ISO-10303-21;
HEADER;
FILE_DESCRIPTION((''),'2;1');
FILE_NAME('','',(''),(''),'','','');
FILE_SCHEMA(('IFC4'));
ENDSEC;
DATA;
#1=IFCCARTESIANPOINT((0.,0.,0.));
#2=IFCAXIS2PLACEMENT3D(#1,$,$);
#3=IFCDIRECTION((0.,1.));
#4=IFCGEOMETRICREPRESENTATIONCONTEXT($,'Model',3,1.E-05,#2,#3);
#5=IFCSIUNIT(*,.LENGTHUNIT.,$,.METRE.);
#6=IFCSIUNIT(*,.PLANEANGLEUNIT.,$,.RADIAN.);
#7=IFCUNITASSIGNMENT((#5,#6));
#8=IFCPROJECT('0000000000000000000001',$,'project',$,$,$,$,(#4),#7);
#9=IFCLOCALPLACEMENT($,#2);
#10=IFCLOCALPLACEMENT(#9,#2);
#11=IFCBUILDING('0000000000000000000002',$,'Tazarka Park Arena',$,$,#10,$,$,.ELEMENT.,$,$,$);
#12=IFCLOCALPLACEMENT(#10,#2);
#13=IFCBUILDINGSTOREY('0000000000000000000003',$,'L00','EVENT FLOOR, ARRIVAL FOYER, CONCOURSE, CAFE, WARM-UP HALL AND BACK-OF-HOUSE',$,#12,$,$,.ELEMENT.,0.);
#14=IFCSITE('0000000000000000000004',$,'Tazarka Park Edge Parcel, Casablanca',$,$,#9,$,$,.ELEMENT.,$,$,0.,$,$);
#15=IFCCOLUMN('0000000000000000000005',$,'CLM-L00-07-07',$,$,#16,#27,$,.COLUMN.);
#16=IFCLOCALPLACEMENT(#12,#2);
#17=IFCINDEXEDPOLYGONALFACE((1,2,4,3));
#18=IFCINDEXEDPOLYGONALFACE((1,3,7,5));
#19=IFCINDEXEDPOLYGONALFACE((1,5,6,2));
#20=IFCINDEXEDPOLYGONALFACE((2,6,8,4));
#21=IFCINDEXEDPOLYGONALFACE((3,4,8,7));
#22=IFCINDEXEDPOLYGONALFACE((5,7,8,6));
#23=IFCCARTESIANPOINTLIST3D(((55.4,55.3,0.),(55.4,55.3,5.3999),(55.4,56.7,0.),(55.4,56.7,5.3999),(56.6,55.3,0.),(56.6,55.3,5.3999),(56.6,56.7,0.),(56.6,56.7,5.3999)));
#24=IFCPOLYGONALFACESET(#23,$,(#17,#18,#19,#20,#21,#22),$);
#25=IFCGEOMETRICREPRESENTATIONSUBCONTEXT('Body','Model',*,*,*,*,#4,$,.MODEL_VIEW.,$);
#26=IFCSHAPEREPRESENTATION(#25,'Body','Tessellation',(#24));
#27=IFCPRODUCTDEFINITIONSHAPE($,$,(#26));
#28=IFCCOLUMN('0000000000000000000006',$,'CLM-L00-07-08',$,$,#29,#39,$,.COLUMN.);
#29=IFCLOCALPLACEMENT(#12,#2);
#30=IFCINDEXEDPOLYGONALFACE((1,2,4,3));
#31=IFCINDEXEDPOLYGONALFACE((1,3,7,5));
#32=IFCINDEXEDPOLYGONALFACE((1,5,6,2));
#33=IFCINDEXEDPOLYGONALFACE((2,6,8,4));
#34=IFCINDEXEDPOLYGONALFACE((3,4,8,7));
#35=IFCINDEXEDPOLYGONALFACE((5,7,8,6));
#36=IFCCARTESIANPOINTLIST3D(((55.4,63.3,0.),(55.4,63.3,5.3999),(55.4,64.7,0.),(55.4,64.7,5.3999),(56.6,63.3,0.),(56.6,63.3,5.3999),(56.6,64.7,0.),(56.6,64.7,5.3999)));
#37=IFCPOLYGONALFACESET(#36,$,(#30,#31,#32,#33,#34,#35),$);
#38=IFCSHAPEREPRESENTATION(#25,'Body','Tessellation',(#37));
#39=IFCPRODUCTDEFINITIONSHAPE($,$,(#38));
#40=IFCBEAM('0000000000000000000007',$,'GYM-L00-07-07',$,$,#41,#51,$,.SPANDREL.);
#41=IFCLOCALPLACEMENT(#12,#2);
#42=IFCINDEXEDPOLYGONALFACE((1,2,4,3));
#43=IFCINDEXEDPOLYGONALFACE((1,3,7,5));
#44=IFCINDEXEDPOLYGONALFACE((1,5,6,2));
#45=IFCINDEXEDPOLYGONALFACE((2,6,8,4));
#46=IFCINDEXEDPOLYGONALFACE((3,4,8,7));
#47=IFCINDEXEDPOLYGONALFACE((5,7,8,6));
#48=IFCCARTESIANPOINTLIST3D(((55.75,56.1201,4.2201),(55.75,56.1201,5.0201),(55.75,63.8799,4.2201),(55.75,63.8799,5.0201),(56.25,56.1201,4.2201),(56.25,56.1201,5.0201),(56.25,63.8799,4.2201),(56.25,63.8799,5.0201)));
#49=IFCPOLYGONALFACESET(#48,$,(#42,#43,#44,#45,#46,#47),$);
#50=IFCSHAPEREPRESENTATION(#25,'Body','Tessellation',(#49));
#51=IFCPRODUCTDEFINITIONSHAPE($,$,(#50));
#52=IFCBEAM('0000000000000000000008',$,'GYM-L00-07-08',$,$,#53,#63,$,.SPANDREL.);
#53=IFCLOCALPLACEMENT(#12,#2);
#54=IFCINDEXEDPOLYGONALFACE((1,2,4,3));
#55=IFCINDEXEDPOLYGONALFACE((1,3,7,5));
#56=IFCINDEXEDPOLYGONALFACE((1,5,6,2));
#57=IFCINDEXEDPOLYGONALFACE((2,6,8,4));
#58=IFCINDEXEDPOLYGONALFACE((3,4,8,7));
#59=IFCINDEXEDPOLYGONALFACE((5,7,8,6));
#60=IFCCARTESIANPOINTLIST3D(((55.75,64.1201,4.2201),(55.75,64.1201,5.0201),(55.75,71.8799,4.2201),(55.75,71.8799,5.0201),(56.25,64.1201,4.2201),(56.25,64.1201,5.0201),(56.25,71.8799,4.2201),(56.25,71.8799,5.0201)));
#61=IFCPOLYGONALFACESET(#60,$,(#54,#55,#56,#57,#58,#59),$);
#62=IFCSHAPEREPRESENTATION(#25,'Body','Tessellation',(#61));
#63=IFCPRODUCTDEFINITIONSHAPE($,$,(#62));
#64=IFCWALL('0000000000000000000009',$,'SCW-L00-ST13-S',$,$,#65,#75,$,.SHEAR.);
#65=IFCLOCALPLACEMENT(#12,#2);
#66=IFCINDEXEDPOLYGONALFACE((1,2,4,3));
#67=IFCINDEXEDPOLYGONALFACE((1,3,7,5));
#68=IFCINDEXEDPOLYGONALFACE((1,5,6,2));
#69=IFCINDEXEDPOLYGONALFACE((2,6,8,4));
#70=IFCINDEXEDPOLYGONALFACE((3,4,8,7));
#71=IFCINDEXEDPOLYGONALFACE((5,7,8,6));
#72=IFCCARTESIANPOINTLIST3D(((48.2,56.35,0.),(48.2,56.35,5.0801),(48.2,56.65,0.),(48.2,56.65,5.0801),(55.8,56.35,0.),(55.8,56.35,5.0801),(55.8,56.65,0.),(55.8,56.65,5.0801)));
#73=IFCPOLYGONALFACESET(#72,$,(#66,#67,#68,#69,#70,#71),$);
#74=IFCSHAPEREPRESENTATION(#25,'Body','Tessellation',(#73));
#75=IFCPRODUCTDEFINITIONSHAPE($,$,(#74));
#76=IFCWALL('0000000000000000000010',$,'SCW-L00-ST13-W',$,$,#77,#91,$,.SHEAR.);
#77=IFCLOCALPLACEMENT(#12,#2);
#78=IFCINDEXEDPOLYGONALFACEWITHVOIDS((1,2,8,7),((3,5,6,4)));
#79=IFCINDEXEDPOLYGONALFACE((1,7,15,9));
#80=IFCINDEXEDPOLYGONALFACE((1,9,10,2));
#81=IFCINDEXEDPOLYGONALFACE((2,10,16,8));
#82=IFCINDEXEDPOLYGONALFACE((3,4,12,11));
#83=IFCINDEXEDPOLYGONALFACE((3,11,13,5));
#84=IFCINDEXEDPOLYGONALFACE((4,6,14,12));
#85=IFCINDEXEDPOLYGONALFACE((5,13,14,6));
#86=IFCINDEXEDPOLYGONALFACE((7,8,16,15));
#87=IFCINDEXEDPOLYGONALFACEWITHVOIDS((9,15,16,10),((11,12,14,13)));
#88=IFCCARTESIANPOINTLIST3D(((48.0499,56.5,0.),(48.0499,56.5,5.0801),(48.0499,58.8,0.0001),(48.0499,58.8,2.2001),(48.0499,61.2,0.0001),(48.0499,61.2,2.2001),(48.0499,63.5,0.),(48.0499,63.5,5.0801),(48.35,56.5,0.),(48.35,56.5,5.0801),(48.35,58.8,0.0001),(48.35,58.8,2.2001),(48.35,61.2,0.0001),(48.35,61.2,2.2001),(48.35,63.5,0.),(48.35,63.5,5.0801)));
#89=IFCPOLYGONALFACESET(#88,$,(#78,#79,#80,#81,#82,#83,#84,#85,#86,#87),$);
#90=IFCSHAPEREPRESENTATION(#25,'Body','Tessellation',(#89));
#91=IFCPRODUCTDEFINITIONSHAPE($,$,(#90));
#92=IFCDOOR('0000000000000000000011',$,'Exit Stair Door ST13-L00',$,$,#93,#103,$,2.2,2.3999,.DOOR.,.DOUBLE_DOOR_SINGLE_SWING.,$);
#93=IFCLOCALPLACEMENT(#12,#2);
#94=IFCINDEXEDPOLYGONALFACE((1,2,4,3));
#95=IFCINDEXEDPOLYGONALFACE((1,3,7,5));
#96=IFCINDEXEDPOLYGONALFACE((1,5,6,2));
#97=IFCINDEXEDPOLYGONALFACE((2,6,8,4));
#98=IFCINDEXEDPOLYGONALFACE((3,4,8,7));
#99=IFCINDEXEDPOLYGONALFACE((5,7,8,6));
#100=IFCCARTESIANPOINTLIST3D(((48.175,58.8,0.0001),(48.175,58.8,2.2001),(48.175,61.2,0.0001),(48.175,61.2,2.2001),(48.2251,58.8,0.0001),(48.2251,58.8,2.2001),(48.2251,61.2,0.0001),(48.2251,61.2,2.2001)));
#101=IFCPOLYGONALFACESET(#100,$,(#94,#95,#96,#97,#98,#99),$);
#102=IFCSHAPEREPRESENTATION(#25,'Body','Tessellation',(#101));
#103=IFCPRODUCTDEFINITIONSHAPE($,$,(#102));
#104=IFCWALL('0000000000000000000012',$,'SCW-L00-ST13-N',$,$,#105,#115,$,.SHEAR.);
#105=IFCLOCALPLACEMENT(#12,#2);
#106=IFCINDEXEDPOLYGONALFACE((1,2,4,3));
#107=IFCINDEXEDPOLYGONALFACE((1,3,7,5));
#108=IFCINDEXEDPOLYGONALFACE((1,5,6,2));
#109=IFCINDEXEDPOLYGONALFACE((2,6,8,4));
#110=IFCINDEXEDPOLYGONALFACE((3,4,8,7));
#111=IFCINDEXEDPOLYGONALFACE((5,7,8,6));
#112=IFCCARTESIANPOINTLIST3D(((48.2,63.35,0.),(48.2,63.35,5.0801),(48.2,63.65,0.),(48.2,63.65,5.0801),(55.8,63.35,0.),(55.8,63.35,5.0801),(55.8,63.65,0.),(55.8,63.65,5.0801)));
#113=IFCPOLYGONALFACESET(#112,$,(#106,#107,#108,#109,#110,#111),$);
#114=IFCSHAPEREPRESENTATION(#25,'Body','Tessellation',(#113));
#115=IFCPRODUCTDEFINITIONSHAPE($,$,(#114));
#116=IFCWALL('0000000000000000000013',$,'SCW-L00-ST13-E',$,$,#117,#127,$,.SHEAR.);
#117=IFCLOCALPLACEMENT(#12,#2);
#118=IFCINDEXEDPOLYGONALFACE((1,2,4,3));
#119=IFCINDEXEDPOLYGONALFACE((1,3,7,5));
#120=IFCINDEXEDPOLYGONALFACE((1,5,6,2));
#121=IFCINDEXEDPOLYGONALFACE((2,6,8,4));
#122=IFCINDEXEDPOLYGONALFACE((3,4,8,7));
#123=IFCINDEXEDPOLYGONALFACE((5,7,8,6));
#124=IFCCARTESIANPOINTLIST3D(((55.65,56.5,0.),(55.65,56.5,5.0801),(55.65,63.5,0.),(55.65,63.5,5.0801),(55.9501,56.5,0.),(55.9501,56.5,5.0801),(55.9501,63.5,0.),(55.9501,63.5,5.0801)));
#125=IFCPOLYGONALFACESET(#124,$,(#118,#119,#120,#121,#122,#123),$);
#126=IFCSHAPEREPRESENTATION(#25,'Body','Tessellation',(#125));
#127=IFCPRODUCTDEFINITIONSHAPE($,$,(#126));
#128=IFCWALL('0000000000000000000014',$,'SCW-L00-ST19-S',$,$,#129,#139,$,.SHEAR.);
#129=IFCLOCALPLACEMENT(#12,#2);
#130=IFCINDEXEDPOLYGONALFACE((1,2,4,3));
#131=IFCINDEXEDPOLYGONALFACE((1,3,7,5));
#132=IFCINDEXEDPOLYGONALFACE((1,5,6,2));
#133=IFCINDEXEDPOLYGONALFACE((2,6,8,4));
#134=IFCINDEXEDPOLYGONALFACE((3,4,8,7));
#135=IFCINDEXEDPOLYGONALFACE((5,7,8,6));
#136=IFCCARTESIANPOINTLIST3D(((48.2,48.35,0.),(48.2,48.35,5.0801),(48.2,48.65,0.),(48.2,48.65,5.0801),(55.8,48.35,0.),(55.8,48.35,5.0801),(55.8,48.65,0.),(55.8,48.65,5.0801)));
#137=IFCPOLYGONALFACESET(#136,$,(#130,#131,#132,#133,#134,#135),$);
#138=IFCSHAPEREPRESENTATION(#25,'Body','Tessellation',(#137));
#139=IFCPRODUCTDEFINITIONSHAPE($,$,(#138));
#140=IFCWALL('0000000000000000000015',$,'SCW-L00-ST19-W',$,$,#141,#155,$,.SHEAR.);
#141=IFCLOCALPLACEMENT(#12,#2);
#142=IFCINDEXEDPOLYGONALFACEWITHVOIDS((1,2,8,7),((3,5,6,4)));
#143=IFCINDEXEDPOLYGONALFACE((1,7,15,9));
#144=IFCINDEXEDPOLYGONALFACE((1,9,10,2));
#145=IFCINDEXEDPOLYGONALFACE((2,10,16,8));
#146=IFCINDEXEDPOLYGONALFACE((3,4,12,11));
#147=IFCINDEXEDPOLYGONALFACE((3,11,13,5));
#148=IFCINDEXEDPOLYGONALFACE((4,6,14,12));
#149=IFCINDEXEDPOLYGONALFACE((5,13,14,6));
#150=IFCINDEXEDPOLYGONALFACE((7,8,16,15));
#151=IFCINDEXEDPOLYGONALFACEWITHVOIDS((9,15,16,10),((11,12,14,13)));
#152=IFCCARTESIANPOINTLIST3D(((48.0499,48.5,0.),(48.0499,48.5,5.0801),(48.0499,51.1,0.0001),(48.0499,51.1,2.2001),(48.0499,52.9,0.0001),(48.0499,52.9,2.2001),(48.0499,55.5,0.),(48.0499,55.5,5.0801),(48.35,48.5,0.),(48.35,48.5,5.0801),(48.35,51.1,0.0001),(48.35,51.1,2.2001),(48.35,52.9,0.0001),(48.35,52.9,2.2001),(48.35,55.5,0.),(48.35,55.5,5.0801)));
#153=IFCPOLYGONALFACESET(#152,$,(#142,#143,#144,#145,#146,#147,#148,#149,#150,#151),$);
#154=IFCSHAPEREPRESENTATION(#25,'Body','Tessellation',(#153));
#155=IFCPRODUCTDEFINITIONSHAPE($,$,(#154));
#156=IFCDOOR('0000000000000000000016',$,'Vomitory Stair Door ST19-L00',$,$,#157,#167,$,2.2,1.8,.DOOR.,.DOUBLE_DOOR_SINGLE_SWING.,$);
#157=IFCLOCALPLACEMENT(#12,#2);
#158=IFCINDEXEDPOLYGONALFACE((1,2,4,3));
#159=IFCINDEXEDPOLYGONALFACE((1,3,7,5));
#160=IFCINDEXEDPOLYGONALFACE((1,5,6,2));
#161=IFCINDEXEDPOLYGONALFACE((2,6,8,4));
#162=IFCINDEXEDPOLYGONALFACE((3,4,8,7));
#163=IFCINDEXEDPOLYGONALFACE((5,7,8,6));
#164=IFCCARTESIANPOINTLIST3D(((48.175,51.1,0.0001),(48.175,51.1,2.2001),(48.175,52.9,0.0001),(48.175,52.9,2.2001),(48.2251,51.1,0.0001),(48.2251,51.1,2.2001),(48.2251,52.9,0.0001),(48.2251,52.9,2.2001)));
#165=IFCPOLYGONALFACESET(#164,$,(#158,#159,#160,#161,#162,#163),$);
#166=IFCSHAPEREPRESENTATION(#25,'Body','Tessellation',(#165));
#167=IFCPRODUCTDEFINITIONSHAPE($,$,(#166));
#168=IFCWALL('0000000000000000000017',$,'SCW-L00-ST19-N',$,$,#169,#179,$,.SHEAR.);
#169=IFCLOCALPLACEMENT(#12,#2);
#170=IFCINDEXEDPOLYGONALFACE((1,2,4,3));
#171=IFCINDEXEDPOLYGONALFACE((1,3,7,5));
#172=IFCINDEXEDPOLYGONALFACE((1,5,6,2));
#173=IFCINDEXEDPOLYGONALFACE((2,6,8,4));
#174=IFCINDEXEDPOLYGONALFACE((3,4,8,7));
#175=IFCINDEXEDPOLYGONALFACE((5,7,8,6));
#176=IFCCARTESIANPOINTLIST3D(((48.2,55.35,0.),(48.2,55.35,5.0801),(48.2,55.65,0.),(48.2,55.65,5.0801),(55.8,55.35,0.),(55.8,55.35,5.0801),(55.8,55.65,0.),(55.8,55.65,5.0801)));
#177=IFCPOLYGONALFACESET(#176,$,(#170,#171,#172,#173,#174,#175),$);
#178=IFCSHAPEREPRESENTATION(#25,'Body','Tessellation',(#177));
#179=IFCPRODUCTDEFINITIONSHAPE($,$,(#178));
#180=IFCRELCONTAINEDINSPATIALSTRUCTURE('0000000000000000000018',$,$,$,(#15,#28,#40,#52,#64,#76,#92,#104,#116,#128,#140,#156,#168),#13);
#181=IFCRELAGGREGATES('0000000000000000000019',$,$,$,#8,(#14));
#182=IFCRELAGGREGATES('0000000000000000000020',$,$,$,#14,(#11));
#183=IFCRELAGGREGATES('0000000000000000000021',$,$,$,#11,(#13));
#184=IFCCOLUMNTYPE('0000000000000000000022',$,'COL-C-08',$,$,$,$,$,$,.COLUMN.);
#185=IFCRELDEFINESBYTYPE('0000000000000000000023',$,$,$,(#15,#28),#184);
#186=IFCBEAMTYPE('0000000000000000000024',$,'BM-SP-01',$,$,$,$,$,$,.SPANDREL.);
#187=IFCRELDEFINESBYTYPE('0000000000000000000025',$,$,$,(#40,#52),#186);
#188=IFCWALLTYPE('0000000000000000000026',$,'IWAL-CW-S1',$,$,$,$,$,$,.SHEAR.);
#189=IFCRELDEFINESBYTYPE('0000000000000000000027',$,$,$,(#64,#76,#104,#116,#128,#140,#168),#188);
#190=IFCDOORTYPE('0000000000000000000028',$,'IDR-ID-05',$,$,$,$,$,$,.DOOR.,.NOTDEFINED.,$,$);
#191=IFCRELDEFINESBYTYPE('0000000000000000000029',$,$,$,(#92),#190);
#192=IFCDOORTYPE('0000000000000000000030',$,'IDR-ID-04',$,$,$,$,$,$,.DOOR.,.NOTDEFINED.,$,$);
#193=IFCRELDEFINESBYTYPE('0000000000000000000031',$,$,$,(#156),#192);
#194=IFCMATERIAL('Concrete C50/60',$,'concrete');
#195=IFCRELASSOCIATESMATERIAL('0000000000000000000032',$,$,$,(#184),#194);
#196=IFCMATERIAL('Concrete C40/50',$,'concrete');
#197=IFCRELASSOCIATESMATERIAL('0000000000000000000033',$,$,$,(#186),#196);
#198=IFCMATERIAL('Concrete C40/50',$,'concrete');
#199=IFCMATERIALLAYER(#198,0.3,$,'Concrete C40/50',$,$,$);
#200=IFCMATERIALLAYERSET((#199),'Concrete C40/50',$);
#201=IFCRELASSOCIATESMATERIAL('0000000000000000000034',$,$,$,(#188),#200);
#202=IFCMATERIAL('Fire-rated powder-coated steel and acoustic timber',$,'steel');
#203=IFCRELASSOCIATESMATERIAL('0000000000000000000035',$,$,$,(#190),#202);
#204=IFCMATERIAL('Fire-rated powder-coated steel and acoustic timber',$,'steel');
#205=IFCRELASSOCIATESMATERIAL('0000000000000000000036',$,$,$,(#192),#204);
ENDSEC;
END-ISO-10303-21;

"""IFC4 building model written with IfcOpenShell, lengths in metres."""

from ifc_helpers import new_model, si_unit, direction, frame, frame_2d, origin, origin_2d, place, context, subcontext, project, spatial, rectangle, extrude, material, layer, layer_set, material_profile, profile_set, type_object, element, fill, save


model = new_model("IFC4")

# Units and contexts
model_context = context("Model", 3, precision=1e-05, world=origin(), true_north=direction((0.0, 1.0)))
body_context = subcontext(model_context, "Body", "Model", "MODEL_VIEW")
ifc_project = project(units=[si_unit("LENGTHUNIT", "METRE"), si_unit("PLANEANGLEUNIT", "RADIAN")], contexts=[model_context])

# Site, building, storey
site_placement = place(None, origin())
site = spatial("IfcSite", under=ifc_project, at=site_placement, Name="Tazarka Park Edge Parcel, Casablanca", CompositionType="ELEMENT", RefElevation=0.0)
building_placement = place(site_placement, origin())
building = spatial("IfcBuilding", under=site, at=building_placement, Name="Tazarka Park Arena", CompositionType="ELEMENT")
storey_placement = place(building_placement, origin())
storey = spatial("IfcBuildingStorey", under=building, at=storey_placement, Name="L00", Description="EVENT FLOOR, ARRIVAL FOYER, CONCOURSE, CAFE, WARM-UP HALL AND BACK-OF-HOUSE", CompositionType="ELEMENT", Elevation=0.0)

# Columns
ifc_material_1 = material(Name="Concrete C50/60", Category="concrete")
ifc_material_profile_1 = material_profile(ifc_material_1, rectangle(XDim=1.2, YDim=1.3999, at=origin_2d()), Name="Concrete C50/60")
ifc_profile_set_1 = profile_set([ifc_material_profile_1], Name="Concrete C50/60")
column_type = type_object("IfcColumnType", Name="COL-C-08", PredefinedType="COLUMN", material=ifc_profile_set_1)
for number, where, z_axis, x_axis, name in (
    (1, (56.0, 56.0, 0.0), (0.0, 0.0, 1.0), (1.0, 0.0, 0.0), "CLM-L00-07-07"),
    (2, (56.0, 64.0, 0.0), (0.0, 0.0, 1.0), (1.0, 0.0, 0.0), "CLM-L00-07-08"),
):
    element("IfcColumn", number, at=place(storey_placement, frame(where, z_axis=z_axis, x_axis=x_axis)), inside=storey, type_object=column_type, Name=name, PredefinedType="COLUMN", context=body_context, shape_type="SweptSolid", body=[
        extrude(rectangle(XDim=1.2, YDim=1.3999, at=origin_2d()), origin(), (0.0, 0.0, 1.0), 5.3999),
    ])

# Beams
ifc_material_2 = material(Name="Concrete C40/50", Category="concrete")
ifc_material_profile_2 = material_profile(ifc_material_2, rectangle(XDim=0.5, YDim=0.8, at=origin_2d()), Name="Concrete C40/50")
ifc_profile_set_2 = profile_set([ifc_material_profile_2], Name="Concrete C40/50")
beam_type = type_object("IfcBeamType", Name="BM-SP-01", PredefinedType="SPANDREL", material=ifc_profile_set_2)
for number, where, z_axis, x_axis, name in (
    (3, (56.0, 56.1201, 4.6201), (0.0, 1.0, 0.0), (-1.0, 0.0, 0.0), "GYM-L00-07-07"),
    (4, (56.0, 64.1201, 4.6201), (0.0, 1.0, 0.0), (-1.0, 0.0, 0.0), "GYM-L00-07-08"),
):
    element("IfcBeam", number, at=place(storey_placement, frame(where, z_axis=z_axis, x_axis=x_axis)), inside=storey, type_object=beam_type, Name=name, PredefinedType="SPANDREL", context=body_context, shape_type="SweptSolid", body=[
        extrude(rectangle(XDim=0.5, YDim=0.8, at=origin_2d()), origin(), (0.0, 0.0, 1.0), 7.7598),
    ])

# Wall
ifc_material_3 = material(Name="Concrete C40/50", Category="concrete")
ifc_layer_1 = layer(ifc_material_3, 0.3, Name="Concrete C40/50")
ifc_layer_set_1 = layer_set([ifc_layer_1], Name="Concrete C40/50")
wall_type_1 = type_object("IfcWallType", Name="IWAL-CW-S1", PredefinedType="SHEAR", material=ifc_layer_set_1)
wall_1_placement = place(storey_placement, frame((55.8, 56.5, 0.0), z_axis=(0.0, 0.0, 1.0), x_axis=(-1.0, 0.0, 0.0)))
element("IfcWall", 5, at=wall_1_placement, inside=storey, type_object=wall_type_1, Name="SCW-L00-ST13-S", PredefinedType="SHEAR", context=body_context, shape_type="SweptSolid", body=[
    extrude(rectangle(XDim=7.6001, YDim=0.3, at=frame_2d((3.8, 0.0))), origin(), (0.0, 0.0, 1.0), 5.0801),
])

# Wall, opening, door
wall_2_placement = place(storey_placement, frame((48.2, 56.5, 0.0), z_axis=(0.0, 0.0, 1.0), x_axis=(0.0, 1.0, 0.0)))
wall_2 = element("IfcWall", 6, at=wall_2_placement, inside=storey, type_object=wall_type_1, Name="SCW-L00-ST13-W", PredefinedType="SHEAR", context=body_context, shape_type="SweptSolid", body=[
    extrude(rectangle(XDim=7.0, YDim=0.3, at=frame_2d((3.5, 0.0))), origin(), (0.0, 0.0, 1.0), 5.0801),
])
opening_1_placement = place(wall_2_placement, frame((2.3, 0.0, 0.0)))
opening_1 = element("IfcOpeningElement", 7, at=opening_1_placement, cuts=wall_2, PredefinedType="OPENING", context=body_context, shape_type="SweptSolid", body=[
    extrude(rectangle(XDim=2.3999, YDim=2.2, at=frame_2d((1.2, 1.1001))), frame((0.0, 0.1602, 0.0), z_axis=(0.0, -1.0, 0.0), x_axis=(1.0, 0.0, 0.0)), (0.0, 0.0, 1.0), 0.3201),
])
ifc_material_4 = material(Name="Fire-rated powder-coated steel and acoustic timber", Category="steel")
door_type_1 = type_object("IfcDoorType", Name="IDR-ID-05", OperationType="NOTDEFINED", PredefinedType="DOOR", material=ifc_material_4)
door_1_placement = place(opening_1_placement, origin())
door_1 = element("IfcDoor", 8, at=door_1_placement, inside=storey, type_object=door_type_1, Name="Exit Stair Door ST13-L00", OperationType="DOUBLE_DOOR_SINGLE_SWING", OverallHeight=2.2, OverallWidth=2.3999, PredefinedType="DOOR", context=body_context, shape_type="SweptSolid", body=[
    extrude(rectangle(XDim=2.3999, YDim=2.2, at=frame_2d((1.2, 1.1001))), frame((0.0, 0.0249, 0.0), z_axis=(0.0, -1.0, 0.0), x_axis=(1.0, 0.0, 0.0)), (0.0, 0.0, 1.0), 0.05),
])
fill(opening_1, door_1)

# Walls
wall_3_placement = place(storey_placement, frame((48.2, 63.5, 0.0), z_axis=(0.0, 0.0, 1.0), x_axis=(1.0, 0.0, 0.0)))
element("IfcWall", 9, at=wall_3_placement, inside=storey, type_object=wall_type_1, Name="SCW-L00-ST13-N", PredefinedType="SHEAR", context=body_context, shape_type="SweptSolid", body=[
    extrude(rectangle(XDim=7.6001, YDim=0.3, at=frame_2d((3.8, 0.0))), origin(), (0.0, 0.0, 1.0), 5.0801),
])
wall_4_placement = place(storey_placement, frame((55.8, 63.5, 0.0), z_axis=(0.0, 0.0, 1.0), x_axis=(0.0, -1.0, 0.0)))
element("IfcWall", 10, at=wall_4_placement, inside=storey, type_object=wall_type_1, Name="SCW-L00-ST13-E", PredefinedType="SHEAR", context=body_context, shape_type="SweptSolid", body=[
    extrude(rectangle(XDim=7.0, YDim=0.3, at=frame_2d((3.5, 0.0))), origin(), (0.0, 0.0, 1.0), 5.0801),
])
wall_5_placement = place(storey_placement, frame((55.8, 48.5, 0.0), z_axis=(0.0, 0.0, 1.0), x_axis=(-1.0, 0.0, 0.0)))
element("IfcWall", 11, at=wall_5_placement, inside=storey, type_object=wall_type_1, Name="SCW-L00-ST19-S", PredefinedType="SHEAR", context=body_context, shape_type="SweptSolid", body=[
    extrude(rectangle(XDim=7.6001, YDim=0.3, at=frame_2d((3.8, 0.0))), origin(), (0.0, 0.0, 1.0), 5.0801),
])

# Wall, opening, door
wall_6_placement = place(storey_placement, frame((48.2, 48.5, 0.0), z_axis=(0.0, 0.0, 1.0), x_axis=(0.0, 1.0, 0.0)))
wall_6 = element("IfcWall", 12, at=wall_6_placement, inside=storey, type_object=wall_type_1, Name="SCW-L00-ST19-W", PredefinedType="SHEAR", context=body_context, shape_type="SweptSolid", body=[
    extrude(rectangle(XDim=7.0, YDim=0.3, at=frame_2d((3.5, 0.0))), origin(), (0.0, 0.0, 1.0), 5.0801),
])
opening_2_placement = place(wall_6_placement, frame((2.6001, 0.0, 0.0)))
opening_2 = element("IfcOpeningElement", 13, at=opening_2_placement, cuts=wall_6, PredefinedType="OPENING", context=body_context, shape_type="SweptSolid", body=[
    extrude(rectangle(XDim=1.8, YDim=2.2, at=frame_2d((0.8999, 1.1001))), frame((0.0, 0.1602, 0.0), z_axis=(0.0, -1.0, 0.0), x_axis=(1.0, 0.0, 0.0)), (0.0, 0.0, 1.0), 0.3201),
])
ifc_material_5 = material(Name="Fire-rated powder-coated steel and acoustic timber", Category="steel")
door_type_2 = type_object("IfcDoorType", Name="IDR-ID-04", OperationType="NOTDEFINED", PredefinedType="DOOR", material=ifc_material_5)
door_2_placement = place(opening_2_placement, origin())
door_2 = element("IfcDoor", 14, at=door_2_placement, inside=storey, type_object=door_type_2, Name="Vomitory Stair Door ST19-L00", OperationType="DOUBLE_DOOR_SINGLE_SWING", OverallHeight=2.2, OverallWidth=1.8, PredefinedType="DOOR", context=body_context, shape_type="SweptSolid", body=[
    extrude(rectangle(XDim=1.8, YDim=2.2, at=frame_2d((0.8999, 1.1001))), frame((0.0, 0.0249, 0.0), z_axis=(0.0, -1.0, 0.0), x_axis=(1.0, 0.0, 0.0)), (0.0, 0.0, 1.0), 0.05),
])
fill(opening_2, door_2)

# Wall
wall_7_placement = place(storey_placement, frame((48.2, 55.5, 0.0), z_axis=(0.0, 0.0, 1.0), x_axis=(1.0, 0.0, 0.0)))
element("IfcWall", 15, at=wall_7_placement, inside=storey, type_object=wall_type_1, Name="SCW-L00-ST19-N", PredefinedType="SHEAR", context=body_context, shape_type="SweptSolid", body=[
    extrude(rectangle(XDim=7.6001, YDim=0.3, at=frame_2d((3.8, 0.0))), origin(), (0.0, 0.0, 1.0), 5.0801),
])

save(model, "model.ifc")
